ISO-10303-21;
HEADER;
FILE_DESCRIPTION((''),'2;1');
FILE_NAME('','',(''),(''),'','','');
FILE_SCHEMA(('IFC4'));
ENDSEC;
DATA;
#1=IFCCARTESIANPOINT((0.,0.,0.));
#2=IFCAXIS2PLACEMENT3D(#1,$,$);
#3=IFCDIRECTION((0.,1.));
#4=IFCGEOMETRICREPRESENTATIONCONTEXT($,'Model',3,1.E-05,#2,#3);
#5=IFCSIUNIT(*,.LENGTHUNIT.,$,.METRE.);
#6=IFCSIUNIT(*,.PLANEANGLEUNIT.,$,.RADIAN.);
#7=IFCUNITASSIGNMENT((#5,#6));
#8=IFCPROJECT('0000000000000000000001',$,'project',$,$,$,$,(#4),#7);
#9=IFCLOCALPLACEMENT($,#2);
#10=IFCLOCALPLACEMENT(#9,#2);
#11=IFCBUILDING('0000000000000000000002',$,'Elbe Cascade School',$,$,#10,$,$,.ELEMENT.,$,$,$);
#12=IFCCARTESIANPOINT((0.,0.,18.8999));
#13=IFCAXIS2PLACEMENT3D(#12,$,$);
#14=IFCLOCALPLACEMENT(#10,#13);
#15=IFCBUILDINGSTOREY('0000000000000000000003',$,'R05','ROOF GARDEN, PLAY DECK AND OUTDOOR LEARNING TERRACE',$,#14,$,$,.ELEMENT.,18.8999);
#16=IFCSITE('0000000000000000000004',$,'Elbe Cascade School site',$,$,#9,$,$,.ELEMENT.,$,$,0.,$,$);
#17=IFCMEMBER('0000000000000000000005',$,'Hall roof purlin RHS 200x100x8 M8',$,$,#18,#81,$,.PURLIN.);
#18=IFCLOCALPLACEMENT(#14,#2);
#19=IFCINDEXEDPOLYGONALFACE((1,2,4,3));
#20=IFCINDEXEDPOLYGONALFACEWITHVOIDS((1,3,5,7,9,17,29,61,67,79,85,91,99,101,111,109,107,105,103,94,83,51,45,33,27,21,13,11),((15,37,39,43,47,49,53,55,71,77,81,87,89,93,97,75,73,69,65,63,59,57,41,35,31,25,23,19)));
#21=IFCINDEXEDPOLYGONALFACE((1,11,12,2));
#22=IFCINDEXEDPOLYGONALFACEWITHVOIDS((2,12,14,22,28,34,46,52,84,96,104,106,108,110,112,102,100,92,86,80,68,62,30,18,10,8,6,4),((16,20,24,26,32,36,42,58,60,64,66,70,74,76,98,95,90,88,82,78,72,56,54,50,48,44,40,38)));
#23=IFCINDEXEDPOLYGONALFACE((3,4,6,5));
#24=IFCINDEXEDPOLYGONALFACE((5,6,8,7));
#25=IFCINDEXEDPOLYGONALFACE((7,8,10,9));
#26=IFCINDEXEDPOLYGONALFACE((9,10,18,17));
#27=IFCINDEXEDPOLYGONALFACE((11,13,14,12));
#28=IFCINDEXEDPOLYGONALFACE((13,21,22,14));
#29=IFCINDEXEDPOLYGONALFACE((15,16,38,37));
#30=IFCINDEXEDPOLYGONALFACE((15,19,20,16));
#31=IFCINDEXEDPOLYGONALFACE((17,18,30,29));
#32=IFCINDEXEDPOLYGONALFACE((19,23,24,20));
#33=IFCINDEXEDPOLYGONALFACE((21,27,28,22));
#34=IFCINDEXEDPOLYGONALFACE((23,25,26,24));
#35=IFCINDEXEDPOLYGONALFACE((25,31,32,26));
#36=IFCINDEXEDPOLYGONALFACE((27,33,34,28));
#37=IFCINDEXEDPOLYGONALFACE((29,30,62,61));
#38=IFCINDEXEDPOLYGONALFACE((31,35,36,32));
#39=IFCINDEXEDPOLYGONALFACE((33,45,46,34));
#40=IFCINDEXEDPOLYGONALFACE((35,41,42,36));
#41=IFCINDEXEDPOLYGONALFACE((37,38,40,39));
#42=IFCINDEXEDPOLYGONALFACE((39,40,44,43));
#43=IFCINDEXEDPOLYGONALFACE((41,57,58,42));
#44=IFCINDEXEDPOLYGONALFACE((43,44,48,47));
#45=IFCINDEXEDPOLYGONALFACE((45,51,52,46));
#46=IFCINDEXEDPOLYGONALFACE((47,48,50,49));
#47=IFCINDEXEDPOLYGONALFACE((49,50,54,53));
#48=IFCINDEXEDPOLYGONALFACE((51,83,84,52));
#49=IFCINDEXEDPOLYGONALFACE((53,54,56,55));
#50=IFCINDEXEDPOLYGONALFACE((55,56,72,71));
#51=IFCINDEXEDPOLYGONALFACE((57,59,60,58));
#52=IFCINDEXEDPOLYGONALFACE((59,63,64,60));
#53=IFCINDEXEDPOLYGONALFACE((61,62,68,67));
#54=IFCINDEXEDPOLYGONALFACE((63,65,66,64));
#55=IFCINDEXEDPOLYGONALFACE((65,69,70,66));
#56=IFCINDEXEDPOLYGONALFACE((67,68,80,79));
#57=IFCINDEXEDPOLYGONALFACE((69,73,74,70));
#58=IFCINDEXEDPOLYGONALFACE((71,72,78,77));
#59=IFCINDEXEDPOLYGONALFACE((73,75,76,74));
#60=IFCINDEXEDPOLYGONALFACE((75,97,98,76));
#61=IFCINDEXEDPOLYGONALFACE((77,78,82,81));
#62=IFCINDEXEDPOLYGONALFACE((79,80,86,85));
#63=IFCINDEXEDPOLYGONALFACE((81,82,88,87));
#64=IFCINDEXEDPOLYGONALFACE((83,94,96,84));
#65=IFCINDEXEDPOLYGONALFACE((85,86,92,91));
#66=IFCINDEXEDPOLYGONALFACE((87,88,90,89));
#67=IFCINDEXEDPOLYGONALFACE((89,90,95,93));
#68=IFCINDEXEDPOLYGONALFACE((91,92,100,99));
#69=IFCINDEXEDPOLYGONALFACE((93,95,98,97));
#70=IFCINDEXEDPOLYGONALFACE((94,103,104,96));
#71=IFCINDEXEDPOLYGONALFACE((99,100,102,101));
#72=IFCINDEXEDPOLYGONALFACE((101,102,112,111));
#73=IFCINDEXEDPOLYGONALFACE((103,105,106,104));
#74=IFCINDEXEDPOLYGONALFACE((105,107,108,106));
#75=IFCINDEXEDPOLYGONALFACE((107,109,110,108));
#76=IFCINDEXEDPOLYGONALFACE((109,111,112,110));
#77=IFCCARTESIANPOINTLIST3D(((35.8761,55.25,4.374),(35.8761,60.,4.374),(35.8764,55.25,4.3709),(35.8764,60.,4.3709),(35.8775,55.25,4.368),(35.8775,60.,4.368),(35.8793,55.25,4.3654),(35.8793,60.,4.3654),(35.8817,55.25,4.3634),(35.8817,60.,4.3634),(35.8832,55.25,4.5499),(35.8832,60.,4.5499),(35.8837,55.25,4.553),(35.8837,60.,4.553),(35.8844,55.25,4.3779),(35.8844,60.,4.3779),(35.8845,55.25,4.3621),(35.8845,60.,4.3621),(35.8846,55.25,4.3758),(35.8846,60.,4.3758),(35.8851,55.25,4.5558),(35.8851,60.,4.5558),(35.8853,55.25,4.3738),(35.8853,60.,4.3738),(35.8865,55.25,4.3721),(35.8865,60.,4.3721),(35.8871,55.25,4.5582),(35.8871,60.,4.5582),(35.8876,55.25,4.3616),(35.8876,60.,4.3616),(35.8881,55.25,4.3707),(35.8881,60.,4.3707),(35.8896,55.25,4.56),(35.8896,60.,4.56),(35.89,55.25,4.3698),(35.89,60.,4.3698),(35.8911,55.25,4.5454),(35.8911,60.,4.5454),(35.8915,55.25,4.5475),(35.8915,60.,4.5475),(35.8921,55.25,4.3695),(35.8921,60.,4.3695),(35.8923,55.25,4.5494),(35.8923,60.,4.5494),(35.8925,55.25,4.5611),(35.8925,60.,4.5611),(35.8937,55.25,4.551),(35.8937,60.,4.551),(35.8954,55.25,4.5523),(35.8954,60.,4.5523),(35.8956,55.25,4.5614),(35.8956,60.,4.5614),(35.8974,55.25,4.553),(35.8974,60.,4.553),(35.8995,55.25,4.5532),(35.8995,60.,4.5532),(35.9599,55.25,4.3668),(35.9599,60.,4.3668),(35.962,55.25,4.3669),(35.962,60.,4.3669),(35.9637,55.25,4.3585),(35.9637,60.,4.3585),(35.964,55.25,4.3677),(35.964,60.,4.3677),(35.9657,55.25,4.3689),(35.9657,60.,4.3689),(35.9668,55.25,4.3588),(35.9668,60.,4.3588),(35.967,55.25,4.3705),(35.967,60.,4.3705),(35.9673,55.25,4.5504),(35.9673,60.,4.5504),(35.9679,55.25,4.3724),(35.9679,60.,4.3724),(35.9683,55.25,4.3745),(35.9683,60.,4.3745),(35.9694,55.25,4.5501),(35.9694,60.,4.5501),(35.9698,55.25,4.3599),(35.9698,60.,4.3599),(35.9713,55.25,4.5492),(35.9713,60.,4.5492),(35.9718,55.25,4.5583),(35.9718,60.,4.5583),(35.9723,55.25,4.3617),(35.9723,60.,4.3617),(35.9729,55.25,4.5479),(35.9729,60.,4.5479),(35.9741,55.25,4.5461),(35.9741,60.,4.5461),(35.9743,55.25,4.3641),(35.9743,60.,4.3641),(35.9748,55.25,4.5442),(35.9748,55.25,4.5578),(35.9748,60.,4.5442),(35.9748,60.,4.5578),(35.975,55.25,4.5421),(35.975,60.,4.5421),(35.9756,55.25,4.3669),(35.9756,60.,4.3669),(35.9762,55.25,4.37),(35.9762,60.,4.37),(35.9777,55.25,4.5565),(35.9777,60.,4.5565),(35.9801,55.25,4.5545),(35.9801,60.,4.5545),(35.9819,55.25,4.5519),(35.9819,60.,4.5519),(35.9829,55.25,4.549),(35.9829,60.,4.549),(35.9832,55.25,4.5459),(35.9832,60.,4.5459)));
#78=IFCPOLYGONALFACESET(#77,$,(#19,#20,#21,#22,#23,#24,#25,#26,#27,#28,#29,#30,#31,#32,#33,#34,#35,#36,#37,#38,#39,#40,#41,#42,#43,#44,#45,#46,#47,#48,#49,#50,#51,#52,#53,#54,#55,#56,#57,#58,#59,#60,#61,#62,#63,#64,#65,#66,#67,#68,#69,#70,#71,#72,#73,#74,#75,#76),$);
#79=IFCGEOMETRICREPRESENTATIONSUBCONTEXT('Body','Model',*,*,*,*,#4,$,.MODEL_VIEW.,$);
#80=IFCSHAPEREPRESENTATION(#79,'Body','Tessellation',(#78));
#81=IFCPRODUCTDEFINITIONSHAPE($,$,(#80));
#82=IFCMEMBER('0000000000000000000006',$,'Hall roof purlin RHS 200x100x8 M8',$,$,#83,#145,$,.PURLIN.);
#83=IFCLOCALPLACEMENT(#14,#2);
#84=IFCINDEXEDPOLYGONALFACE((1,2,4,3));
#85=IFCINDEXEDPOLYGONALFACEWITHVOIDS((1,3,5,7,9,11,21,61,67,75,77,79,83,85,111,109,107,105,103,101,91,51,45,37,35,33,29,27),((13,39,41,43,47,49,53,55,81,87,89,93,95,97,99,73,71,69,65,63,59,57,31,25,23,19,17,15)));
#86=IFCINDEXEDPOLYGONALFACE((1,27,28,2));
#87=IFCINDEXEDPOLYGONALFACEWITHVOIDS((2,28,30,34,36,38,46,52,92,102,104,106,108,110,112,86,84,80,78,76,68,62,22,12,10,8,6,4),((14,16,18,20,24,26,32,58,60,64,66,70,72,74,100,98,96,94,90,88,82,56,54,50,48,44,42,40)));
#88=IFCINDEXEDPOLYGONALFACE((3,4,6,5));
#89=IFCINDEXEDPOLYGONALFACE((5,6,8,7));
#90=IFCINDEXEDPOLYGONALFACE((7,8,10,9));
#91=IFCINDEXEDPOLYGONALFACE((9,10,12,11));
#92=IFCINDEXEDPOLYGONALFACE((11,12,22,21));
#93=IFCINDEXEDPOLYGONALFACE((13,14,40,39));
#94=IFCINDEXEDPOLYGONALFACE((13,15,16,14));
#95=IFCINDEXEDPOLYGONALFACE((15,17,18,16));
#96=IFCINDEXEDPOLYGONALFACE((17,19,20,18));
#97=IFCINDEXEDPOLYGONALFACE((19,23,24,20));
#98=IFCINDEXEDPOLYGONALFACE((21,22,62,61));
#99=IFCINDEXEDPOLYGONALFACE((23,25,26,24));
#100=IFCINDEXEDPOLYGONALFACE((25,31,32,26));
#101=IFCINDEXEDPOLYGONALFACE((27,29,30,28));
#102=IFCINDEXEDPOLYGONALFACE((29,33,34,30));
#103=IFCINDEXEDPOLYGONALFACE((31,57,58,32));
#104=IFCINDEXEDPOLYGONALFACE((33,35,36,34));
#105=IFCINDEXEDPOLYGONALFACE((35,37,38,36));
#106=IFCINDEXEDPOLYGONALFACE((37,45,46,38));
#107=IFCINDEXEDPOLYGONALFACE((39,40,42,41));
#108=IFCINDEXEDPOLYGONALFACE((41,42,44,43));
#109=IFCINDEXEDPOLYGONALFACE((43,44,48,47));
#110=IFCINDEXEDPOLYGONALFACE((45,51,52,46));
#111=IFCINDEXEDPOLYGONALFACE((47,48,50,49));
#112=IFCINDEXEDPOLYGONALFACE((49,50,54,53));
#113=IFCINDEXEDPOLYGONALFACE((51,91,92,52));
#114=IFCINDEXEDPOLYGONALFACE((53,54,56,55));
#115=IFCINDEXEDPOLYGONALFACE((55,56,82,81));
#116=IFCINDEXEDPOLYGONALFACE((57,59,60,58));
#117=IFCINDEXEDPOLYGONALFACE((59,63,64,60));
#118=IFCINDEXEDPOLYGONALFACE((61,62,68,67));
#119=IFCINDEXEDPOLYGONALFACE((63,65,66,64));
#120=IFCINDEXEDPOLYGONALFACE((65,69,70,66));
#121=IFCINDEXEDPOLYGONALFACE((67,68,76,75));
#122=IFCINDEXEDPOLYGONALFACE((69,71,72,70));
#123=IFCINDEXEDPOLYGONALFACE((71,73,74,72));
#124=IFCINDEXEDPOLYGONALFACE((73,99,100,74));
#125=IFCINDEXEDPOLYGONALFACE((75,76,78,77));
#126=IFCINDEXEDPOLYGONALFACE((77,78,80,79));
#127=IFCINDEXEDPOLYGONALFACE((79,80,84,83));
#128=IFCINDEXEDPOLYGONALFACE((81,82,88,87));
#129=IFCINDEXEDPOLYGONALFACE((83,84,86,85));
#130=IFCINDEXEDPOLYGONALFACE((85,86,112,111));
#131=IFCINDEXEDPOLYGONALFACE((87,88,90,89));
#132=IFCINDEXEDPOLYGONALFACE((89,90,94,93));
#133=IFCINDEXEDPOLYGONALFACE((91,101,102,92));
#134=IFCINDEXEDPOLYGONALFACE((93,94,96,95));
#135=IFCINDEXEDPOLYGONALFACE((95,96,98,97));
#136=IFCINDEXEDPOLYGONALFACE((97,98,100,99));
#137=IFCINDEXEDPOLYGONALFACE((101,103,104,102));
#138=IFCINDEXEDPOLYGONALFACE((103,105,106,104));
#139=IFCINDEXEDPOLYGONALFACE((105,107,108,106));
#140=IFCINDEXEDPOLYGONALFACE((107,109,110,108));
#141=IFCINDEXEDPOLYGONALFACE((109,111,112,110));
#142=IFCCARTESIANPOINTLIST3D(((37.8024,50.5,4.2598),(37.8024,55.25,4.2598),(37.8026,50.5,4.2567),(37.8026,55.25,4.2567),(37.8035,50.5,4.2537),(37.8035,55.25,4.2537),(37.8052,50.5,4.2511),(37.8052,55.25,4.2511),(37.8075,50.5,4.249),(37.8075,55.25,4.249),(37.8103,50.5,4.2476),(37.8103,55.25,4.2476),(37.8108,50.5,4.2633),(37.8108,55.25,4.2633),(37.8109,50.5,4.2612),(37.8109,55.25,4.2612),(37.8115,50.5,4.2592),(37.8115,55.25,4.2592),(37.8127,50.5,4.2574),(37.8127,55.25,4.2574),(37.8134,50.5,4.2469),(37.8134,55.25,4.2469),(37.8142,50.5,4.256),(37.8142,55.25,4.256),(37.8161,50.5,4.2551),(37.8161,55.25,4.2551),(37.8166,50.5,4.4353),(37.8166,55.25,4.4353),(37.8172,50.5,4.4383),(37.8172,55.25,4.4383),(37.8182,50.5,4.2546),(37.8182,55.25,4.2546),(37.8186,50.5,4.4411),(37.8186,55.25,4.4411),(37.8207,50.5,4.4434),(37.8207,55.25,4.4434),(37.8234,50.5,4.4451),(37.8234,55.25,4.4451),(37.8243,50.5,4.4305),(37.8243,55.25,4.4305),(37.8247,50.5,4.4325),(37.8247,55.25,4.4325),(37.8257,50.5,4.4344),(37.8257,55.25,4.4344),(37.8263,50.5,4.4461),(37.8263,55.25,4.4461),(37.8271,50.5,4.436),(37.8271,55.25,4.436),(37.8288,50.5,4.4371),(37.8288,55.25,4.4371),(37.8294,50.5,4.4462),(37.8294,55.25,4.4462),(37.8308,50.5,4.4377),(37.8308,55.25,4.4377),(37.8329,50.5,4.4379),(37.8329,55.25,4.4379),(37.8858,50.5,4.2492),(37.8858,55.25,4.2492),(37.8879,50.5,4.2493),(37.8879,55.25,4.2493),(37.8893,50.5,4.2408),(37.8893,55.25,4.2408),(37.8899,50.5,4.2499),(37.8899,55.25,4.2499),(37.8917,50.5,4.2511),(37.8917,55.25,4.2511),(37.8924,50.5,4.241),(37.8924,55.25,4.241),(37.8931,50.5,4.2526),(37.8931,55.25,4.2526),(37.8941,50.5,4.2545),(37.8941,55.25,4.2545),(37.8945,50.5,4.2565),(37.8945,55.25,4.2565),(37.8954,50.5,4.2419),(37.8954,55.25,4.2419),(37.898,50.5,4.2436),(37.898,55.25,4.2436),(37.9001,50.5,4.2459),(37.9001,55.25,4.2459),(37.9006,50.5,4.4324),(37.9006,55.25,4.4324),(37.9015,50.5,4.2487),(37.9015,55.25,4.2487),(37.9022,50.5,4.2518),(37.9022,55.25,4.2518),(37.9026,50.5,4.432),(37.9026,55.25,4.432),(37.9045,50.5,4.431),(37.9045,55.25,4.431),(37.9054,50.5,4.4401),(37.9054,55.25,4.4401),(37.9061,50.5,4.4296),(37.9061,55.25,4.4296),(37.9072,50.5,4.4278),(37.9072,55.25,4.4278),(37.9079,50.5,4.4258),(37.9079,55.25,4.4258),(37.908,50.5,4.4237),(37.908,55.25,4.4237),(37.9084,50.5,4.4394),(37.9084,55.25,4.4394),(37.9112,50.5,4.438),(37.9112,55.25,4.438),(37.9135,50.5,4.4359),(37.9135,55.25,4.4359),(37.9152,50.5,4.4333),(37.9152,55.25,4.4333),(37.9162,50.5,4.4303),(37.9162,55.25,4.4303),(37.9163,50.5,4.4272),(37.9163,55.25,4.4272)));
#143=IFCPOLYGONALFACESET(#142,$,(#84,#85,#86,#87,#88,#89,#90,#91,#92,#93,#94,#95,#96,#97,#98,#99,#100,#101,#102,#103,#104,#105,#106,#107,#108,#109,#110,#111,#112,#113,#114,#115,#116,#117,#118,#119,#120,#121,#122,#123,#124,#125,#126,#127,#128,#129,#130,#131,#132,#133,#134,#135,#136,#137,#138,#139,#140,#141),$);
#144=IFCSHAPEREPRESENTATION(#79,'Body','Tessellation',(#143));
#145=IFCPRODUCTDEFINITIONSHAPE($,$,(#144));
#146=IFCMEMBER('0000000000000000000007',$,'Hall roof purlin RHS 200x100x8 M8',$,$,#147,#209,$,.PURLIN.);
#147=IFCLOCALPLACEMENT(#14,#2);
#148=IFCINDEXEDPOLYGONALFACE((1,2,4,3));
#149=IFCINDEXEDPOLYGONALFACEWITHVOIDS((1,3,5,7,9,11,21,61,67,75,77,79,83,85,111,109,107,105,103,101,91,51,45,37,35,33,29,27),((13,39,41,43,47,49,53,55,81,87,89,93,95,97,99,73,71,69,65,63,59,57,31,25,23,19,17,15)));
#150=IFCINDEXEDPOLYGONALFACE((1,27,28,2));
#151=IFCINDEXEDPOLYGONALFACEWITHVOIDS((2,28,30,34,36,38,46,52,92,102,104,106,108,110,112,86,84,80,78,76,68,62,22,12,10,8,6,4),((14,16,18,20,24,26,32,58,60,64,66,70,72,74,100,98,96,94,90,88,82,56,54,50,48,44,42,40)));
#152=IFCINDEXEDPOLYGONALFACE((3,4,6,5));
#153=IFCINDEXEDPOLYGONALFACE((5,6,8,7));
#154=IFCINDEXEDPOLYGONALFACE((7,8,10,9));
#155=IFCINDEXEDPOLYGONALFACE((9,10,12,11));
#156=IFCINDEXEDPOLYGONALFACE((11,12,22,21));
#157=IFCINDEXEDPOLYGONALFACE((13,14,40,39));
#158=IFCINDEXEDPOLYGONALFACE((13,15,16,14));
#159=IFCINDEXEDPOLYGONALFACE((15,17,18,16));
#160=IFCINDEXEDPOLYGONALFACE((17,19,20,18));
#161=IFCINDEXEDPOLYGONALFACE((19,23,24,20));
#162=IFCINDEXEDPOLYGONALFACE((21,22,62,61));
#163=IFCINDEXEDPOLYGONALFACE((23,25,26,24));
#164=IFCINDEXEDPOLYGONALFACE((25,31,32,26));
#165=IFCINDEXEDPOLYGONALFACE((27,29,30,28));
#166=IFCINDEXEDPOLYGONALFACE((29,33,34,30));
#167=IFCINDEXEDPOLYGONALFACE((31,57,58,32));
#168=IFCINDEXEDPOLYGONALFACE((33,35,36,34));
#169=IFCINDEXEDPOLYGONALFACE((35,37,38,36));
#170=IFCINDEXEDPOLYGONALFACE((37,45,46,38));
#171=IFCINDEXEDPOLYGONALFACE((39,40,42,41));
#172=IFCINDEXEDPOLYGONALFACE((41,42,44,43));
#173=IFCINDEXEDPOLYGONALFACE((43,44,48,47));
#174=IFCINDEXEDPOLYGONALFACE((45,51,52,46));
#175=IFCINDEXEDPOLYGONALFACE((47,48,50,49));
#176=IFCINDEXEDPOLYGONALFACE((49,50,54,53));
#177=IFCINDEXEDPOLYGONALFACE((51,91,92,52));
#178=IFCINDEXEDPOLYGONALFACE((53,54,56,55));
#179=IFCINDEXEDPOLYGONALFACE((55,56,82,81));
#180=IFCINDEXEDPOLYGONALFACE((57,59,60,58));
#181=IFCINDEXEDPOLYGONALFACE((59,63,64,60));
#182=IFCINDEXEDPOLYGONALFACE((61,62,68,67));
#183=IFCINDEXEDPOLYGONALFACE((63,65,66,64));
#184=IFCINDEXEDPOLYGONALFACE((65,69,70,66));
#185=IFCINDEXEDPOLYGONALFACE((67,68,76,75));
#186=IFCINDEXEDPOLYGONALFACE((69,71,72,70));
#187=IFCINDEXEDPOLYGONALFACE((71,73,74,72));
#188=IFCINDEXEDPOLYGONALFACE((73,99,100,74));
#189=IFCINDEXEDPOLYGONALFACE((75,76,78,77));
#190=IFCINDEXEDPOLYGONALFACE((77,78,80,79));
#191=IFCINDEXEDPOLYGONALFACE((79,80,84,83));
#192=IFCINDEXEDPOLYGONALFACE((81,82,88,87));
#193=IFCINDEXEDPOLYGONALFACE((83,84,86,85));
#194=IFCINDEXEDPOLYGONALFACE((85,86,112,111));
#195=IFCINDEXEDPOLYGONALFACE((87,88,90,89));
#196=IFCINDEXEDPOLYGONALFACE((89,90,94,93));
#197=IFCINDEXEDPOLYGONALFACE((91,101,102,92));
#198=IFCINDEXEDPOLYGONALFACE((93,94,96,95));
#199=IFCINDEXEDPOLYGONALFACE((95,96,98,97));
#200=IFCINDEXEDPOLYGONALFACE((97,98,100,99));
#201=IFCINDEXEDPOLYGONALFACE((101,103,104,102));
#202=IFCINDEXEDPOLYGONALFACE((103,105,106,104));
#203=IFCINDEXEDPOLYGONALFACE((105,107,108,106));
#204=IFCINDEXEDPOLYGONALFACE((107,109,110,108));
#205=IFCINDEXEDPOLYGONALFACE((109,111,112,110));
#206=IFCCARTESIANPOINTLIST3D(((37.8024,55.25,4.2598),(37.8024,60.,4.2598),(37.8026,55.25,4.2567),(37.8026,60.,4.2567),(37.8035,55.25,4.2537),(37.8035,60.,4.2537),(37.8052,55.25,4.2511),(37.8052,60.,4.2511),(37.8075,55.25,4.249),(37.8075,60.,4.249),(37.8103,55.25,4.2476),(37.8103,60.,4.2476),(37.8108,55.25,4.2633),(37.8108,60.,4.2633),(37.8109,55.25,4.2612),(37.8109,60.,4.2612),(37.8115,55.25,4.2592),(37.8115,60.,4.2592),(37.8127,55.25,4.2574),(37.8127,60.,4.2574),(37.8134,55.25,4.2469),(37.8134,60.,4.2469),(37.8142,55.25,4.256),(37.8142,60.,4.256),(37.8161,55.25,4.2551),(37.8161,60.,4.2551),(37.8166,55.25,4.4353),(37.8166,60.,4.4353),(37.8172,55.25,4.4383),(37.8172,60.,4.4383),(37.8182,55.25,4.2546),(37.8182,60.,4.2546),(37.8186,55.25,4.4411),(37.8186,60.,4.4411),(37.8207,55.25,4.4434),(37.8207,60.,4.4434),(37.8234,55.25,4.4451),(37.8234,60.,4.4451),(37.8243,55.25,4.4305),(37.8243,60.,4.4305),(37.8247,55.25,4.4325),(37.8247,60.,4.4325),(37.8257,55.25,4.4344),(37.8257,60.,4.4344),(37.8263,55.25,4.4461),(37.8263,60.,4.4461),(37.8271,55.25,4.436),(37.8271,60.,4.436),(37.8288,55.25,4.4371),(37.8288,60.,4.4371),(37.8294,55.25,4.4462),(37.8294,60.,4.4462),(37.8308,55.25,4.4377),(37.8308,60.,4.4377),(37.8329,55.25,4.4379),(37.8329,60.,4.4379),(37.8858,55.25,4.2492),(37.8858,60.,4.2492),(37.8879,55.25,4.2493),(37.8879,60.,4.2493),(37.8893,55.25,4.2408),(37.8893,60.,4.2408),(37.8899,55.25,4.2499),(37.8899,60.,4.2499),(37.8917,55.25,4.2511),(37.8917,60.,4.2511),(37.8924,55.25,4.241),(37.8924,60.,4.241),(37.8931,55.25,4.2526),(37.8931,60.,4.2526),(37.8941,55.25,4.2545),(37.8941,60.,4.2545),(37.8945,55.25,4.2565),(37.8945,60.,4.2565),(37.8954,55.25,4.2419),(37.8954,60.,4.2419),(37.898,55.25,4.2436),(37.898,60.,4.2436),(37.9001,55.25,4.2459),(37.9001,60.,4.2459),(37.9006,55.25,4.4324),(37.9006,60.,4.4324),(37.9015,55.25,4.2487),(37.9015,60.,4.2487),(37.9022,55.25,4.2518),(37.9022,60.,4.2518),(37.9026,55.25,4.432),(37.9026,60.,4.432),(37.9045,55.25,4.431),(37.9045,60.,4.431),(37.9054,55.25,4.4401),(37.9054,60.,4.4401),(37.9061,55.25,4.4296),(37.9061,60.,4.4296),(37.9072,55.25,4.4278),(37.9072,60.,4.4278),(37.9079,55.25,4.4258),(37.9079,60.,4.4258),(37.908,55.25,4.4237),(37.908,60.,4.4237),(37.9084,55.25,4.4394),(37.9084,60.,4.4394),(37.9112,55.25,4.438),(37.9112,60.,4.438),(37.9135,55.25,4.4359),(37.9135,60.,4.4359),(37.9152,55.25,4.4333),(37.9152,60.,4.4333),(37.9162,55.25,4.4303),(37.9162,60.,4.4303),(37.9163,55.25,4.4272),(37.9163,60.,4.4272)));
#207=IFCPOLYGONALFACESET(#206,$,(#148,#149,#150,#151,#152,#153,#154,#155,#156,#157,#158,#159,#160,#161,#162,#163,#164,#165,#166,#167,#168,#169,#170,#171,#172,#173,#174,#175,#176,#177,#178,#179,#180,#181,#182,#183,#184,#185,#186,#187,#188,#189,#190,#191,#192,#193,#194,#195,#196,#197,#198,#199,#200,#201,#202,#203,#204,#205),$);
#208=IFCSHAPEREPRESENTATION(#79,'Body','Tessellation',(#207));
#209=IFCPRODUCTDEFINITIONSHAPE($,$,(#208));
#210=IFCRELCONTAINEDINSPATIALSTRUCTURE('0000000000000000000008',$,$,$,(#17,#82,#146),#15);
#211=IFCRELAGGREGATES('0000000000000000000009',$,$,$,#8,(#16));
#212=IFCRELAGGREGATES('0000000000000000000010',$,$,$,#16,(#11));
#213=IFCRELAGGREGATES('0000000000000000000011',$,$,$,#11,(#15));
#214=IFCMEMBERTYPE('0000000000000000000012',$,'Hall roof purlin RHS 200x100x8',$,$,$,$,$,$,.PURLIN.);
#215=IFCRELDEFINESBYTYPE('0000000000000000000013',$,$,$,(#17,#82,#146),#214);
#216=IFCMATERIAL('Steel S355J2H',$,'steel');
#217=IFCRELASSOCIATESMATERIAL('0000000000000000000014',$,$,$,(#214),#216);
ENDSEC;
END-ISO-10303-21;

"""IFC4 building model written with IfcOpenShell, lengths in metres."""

from ifc_helpers import new_model, si_unit, direction, frame, origin, origin_2d, place, context, subcontext, project, spatial, hollow_rectangle, extrude, material, material_profile, profile_set, type_object, element, save


model = new_model("IFC4")

# Units and contexts
model_context = context("Model", 3, precision=1e-05, world=origin(), true_north=direction((0.0, 1.0)))
body_context = subcontext(model_context, "Body", "Model", "MODEL_VIEW")
ifc_project = project(units=[si_unit("LENGTHUNIT", "METRE"), si_unit("PLANEANGLEUNIT", "RADIAN")], contexts=[model_context])

# Site, building, storey
site_placement = place(None, origin())
site = spatial("IfcSite", under=ifc_project, at=site_placement, Name="Elbe Cascade School site", CompositionType="ELEMENT", RefElevation=0.0)
building_placement = place(site_placement, origin())
building = spatial("IfcBuilding", under=site, at=building_placement, Name="Elbe Cascade School", CompositionType="ELEMENT")
storey_placement = place(building_placement, frame((0.0, 0.0, 18.8999)))
storey = spatial("IfcBuildingStorey", under=building, at=storey_placement, Name="R05", Description="ROOF GARDEN, PLAY DECK AND OUTDOOR LEARNING TERRACE", CompositionType="ELEMENT", Elevation=18.8999)

# Members
ifc_material_1 = material(Name="Steel S355J2H", Category="steel")
ifc_material_profile_1 = material_profile(ifc_material_1, hollow_rectangle(XDim=0.1001, YDim=0.2, WallThickness=0.0081, InnerFilletRadius=0.0081, OuterFilletRadius=0.012, at=origin_2d()), Name="RHS 200x100x8")
ifc_profile_set_1 = profile_set([ifc_material_profile_1], Name="Steel S355J2H")
member_type_1 = type_object("IfcMemberType", Name="Hall roof purlin RHS 200x100x8", PredefinedType="PURLIN", material=ifc_profile_set_1)
for number, where, z_axis, x_axis, name in (
    (1, (35.9297, 55.25, 4.46), (0.0, 1.0, 0.0), (-0.999193, 0.0, 0.040154), "Hall roof purlin RHS 200x100x8 M8"),
    (2, (37.8594, 50.5, 4.3435), (0.0, 1.0, 0.0), (-0.99677, 0.0, 0.080309), "Hall roof purlin RHS 200x100x8 M8"),
    (3, (37.8594, 55.25, 4.3435), (0.0, 1.0, 0.0), (-0.99677, 0.0, 0.080309), "Hall roof purlin RHS 200x100x8 M8"),
):
    element("IfcMember", number, at=place(storey_placement, frame(where, z_axis=z_axis, x_axis=x_axis)), inside=storey, type_object=member_type_1, Name=name, PredefinedType="PURLIN", context=body_context, shape_type="SweptSolid", body=[
        extrude(hollow_rectangle(XDim=0.1001, YDim=0.2, WallThickness=0.0081, InnerFilletRadius=0.0081, OuterFilletRadius=0.012, at=origin_2d()), origin(), (0.0, 0.0, 1.0), 4.75),
    ])

save(model, "model.ifc")
